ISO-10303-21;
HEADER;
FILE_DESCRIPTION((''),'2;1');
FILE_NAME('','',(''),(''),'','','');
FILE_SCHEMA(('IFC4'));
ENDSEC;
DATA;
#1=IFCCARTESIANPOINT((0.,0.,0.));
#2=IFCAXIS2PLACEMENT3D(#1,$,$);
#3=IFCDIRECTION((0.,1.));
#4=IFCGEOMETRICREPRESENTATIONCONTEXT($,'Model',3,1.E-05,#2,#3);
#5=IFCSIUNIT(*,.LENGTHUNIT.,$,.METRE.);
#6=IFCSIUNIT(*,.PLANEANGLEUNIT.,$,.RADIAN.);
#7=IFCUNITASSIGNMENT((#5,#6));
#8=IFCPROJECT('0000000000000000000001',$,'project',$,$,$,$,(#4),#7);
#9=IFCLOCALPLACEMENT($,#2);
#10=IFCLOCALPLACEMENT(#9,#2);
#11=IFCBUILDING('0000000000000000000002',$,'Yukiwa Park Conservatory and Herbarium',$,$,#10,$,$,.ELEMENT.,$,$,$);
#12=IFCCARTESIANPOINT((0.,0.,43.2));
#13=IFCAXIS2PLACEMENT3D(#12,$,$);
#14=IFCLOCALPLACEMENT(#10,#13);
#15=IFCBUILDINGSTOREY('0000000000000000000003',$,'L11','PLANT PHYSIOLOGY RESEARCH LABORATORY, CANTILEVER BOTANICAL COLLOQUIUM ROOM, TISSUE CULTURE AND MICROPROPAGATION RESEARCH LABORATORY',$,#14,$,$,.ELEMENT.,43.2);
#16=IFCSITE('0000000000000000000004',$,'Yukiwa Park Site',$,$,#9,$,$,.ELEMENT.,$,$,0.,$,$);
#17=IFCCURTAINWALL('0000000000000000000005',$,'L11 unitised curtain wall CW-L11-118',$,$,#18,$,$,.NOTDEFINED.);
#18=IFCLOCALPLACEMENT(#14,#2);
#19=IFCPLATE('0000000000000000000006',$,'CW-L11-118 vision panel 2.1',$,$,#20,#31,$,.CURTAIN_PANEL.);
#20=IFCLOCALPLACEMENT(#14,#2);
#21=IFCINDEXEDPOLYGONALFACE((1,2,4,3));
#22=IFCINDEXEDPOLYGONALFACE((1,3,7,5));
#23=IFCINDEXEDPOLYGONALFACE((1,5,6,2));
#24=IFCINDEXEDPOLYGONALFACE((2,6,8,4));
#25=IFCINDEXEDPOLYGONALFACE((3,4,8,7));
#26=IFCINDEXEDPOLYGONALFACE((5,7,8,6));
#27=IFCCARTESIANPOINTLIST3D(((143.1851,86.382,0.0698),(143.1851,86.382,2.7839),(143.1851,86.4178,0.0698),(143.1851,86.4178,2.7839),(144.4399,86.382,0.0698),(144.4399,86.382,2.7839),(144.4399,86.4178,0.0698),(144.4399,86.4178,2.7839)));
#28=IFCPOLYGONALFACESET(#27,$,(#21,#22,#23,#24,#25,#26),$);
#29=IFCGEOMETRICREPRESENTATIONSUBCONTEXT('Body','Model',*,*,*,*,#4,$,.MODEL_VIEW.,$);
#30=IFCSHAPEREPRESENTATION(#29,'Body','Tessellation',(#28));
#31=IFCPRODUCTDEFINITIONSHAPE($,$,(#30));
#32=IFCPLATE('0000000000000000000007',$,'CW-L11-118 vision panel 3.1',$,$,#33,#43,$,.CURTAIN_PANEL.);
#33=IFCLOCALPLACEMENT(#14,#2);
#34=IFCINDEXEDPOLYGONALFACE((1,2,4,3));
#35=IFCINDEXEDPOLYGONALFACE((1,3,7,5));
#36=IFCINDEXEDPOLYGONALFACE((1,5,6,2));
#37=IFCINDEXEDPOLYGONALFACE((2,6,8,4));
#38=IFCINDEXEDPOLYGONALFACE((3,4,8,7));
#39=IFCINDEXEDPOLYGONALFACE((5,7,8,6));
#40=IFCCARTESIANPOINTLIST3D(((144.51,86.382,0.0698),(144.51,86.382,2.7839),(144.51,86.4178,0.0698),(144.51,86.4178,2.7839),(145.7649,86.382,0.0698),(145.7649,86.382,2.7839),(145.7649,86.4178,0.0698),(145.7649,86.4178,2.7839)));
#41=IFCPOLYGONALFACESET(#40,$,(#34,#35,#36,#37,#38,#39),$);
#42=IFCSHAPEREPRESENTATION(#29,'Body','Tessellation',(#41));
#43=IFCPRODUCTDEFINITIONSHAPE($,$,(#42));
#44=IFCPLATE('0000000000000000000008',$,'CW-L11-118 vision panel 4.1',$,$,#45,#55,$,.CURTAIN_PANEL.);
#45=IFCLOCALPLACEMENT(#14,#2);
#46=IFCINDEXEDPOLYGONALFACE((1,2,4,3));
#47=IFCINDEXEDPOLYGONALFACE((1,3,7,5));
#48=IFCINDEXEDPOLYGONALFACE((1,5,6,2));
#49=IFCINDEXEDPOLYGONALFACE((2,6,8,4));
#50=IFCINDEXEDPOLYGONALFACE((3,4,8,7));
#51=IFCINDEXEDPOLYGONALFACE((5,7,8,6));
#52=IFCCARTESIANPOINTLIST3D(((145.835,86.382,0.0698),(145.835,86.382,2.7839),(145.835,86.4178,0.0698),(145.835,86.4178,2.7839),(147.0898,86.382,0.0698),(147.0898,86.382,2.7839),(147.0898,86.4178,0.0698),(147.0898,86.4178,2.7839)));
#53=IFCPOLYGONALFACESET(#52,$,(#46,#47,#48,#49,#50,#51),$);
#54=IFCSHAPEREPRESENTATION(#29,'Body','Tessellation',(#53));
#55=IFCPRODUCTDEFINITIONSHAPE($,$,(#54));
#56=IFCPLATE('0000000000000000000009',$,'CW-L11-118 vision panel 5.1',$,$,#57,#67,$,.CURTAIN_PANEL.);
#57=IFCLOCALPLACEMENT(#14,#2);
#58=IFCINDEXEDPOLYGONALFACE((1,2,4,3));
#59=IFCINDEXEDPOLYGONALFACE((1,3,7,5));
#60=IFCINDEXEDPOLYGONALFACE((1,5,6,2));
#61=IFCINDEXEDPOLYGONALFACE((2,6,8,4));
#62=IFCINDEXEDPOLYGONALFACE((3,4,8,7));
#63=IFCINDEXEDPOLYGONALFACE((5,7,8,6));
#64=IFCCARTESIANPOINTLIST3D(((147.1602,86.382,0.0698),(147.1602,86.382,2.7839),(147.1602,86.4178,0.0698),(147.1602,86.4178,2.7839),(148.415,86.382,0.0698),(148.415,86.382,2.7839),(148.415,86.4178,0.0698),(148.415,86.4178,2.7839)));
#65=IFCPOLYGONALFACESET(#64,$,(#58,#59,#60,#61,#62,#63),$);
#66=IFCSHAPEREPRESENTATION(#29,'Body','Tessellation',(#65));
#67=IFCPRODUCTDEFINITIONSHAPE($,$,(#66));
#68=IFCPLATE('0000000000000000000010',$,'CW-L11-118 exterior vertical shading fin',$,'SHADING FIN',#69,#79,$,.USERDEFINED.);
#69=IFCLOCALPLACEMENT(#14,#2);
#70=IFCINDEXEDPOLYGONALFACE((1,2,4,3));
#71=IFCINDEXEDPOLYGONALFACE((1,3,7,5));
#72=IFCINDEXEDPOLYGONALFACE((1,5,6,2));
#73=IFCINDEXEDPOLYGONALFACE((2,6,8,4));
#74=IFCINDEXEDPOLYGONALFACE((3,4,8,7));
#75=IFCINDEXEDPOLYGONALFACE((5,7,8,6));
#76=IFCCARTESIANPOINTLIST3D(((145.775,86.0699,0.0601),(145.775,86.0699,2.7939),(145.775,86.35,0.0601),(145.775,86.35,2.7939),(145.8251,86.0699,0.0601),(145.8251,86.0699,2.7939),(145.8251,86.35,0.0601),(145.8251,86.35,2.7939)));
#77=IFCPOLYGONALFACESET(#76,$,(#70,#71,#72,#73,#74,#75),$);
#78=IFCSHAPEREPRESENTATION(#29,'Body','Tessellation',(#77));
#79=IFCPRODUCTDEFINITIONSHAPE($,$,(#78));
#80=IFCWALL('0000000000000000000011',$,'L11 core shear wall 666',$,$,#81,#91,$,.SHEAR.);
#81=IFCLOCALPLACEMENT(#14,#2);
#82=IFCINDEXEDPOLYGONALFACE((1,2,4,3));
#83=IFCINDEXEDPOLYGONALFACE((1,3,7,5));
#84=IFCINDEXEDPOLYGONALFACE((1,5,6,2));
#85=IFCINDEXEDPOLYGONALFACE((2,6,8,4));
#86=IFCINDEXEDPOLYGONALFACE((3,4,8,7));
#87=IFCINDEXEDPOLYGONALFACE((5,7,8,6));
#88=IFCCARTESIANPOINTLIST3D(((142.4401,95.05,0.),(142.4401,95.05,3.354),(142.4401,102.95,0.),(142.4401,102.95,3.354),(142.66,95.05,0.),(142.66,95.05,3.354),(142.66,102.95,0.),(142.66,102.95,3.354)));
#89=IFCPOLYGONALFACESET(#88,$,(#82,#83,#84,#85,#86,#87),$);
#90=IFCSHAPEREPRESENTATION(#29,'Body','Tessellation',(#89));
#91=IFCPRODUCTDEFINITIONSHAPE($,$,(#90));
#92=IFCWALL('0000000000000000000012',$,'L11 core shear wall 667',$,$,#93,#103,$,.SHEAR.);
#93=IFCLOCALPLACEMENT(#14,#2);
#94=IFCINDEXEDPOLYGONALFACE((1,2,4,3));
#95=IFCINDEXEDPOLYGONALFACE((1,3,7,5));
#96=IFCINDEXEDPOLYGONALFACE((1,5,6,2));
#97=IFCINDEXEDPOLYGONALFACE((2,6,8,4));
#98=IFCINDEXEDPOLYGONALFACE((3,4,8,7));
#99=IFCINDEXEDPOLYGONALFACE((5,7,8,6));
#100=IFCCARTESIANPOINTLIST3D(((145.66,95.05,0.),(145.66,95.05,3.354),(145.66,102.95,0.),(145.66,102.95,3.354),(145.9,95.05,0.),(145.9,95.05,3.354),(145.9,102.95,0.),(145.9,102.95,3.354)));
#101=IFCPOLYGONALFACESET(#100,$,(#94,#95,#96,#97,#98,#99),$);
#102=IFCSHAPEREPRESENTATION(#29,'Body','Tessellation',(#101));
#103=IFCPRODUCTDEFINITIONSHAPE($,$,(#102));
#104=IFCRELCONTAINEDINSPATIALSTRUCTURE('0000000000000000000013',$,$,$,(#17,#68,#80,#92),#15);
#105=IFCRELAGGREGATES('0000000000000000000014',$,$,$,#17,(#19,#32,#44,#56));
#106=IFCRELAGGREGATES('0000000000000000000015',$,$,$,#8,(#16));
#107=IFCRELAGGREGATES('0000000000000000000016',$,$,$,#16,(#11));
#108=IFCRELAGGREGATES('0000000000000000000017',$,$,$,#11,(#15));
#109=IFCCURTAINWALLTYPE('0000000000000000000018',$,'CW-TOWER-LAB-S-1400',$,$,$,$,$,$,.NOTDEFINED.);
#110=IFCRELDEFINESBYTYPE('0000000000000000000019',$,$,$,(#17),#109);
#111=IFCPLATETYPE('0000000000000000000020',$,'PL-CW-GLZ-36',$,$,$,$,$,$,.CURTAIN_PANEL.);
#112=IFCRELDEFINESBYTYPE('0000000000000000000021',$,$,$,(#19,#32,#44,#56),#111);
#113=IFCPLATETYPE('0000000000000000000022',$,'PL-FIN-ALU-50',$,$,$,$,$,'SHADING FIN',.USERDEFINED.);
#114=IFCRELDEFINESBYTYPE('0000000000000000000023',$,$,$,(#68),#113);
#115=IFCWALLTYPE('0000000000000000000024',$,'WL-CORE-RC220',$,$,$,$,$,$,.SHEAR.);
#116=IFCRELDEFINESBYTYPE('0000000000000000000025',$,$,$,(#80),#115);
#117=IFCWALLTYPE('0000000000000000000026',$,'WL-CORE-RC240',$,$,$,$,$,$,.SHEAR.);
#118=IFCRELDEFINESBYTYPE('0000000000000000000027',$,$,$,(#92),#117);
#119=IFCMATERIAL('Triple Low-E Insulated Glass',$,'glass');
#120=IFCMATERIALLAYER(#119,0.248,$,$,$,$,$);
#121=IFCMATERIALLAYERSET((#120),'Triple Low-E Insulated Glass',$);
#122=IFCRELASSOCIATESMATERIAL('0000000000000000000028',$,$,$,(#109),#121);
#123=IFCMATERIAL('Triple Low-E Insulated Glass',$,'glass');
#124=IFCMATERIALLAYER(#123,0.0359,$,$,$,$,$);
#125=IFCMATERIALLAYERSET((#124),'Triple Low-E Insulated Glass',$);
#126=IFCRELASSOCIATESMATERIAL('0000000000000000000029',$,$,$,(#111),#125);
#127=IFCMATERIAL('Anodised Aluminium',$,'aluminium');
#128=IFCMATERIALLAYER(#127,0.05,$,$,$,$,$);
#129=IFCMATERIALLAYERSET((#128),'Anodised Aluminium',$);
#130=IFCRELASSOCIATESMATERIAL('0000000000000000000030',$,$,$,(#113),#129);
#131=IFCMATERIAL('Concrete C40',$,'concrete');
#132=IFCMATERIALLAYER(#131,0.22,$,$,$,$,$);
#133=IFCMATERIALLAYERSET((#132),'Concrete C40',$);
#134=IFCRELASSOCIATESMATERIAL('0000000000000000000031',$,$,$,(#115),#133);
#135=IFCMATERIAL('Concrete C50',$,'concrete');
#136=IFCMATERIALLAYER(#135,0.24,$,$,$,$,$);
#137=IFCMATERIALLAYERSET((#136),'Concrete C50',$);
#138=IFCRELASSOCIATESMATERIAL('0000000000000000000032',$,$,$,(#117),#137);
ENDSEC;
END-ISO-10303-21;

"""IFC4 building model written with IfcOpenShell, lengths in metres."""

from ifc_helpers import new_model, si_unit, direction, frame, frame_2d, origin, origin_2d, place, context, subcontext, project, spatial, rectangle, extrude, material, layer, layer_set, type_object, element, aggregate, save


model = new_model("IFC4")

# Units and contexts
model_context = context("Model", 3, precision=1e-05, world=origin(), true_north=direction((0.0, 1.0)))
body_context = subcontext(model_context, "Body", "Model", "MODEL_VIEW")
ifc_project = project(units=[si_unit("LENGTHUNIT", "METRE"), si_unit("PLANEANGLEUNIT", "RADIAN")], contexts=[model_context])

# Site, building, storey
site_placement = place(None, origin())
site = spatial("IfcSite", under=ifc_project, at=site_placement, Name="Yukiwa Park Site", CompositionType="ELEMENT", RefElevation=0.0)
building_placement = place(site_placement, origin())
building = spatial("IfcBuilding", under=site, at=building_placement, Name="Yukiwa Park Conservatory and Herbarium", CompositionType="ELEMENT")
storey_placement = place(building_placement, frame((0.0, 0.0, 43.2)))
storey = spatial("IfcBuildingStorey", under=building, at=storey_placement, Name="L11", Description="PLANT PHYSIOLOGY RESEARCH LABORATORY, CANTILEVER BOTANICAL COLLOQUIUM ROOM, TISSUE CULTURE AND MICROPROPAGATION RESEARCH LABORATORY", CompositionType="ELEMENT", Elevation=43.2)

# Curtain wall, plates
ifc_material_1 = material(Name="Triple Low-E Insulated Glass", Category="glass")
ifc_layer_1 = layer(ifc_material_1, 0.248)
ifc_layer_set_1 = layer_set([ifc_layer_1], Name="Triple Low-E Insulated Glass")
curtain_wall_type = type_object("IfcCurtainWallType", Name="CW-TOWER-LAB-S-1400", PredefinedType="NOTDEFINED", material=ifc_layer_set_1)
curtain_wall_placement = place(storey_placement, origin())
curtain_wall = element("IfcCurtainWall", 1, at=curtain_wall_placement, inside=storey, type_object=curtain_wall_type, Name="L11 unitised curtain wall CW-L11-118", PredefinedType="NOTDEFINED")
ifc_material_2 = material(Name="Triple Low-E Insulated Glass", Category="glass")
ifc_layer_2 = layer(ifc_material_2, 0.0359)
ifc_layer_set_2 = layer_set([ifc_layer_2], Name="Triple Low-E Insulated Glass")
plate_type_1 = type_object("IfcPlateType", Name="PL-CW-GLZ-36", PredefinedType="CURTAIN_PANEL", material=ifc_layer_set_2)
plate_1_placement = place(storey_placement, frame((143.8125, 86.3999, 0.0698), z_axis=(0.0, 0.0, 1.0), x_axis=(1.0, 0.0, 0.0)))
plate_1 = element("IfcPlate", 2, at=plate_1_placement, type_object=plate_type_1, Name="CW-L11-118 vision panel 2.1", PredefinedType="CURTAIN_PANEL", context=body_context, shape_type="SweptSolid", body=[
    extrude(rectangle(XDim=1.2549, YDim=0.0359, at=origin_2d()), origin(), (0.0, 0.0, 1.0), 2.7141),
])
plate_2_placement = place(storey_placement, frame((145.1375, 86.3999, 0.0698), z_axis=(0.0, 0.0, 1.0), x_axis=(1.0, 0.0, 0.0)))
plate_2 = element("IfcPlate", 3, at=plate_2_placement, type_object=plate_type_1, Name="CW-L11-118 vision panel 3.1", PredefinedType="CURTAIN_PANEL", context=body_context, shape_type="SweptSolid", body=[
    extrude(rectangle(XDim=1.2549, YDim=0.0359, at=origin_2d()), origin(), (0.0, 0.0, 1.0), 2.7141),
])
plate_3_placement = place(storey_placement, frame((146.4624, 86.3999, 0.0698), z_axis=(0.0, 0.0, 1.0), x_axis=(1.0, 0.0, 0.0)))
plate_3 = element("IfcPlate", 4, at=plate_3_placement, type_object=plate_type_1, Name="CW-L11-118 vision panel 4.1", PredefinedType="CURTAIN_PANEL", context=body_context, shape_type="SweptSolid", body=[
    extrude(rectangle(XDim=1.2549, YDim=0.0359, at=origin_2d()), origin(), (0.0, 0.0, 1.0), 2.7141),
])
plate_4_placement = place(storey_placement, frame((147.7876, 86.3999, 0.0698), z_axis=(0.0, 0.0, 1.0), x_axis=(1.0, 0.0, 0.0)))
plate_4 = element("IfcPlate", 5, at=plate_4_placement, type_object=plate_type_1, Name="CW-L11-118 vision panel 5.1", PredefinedType="CURTAIN_PANEL", context=body_context, shape_type="SweptSolid", body=[
    extrude(rectangle(XDim=1.2549, YDim=0.0359, at=origin_2d()), origin(), (0.0, 0.0, 1.0), 2.7141),
])
aggregate(curtain_wall, [plate_1, plate_2, plate_3, plate_4])

# Plate
ifc_material_3 = material(Name="Anodised Aluminium", Category="aluminium")
ifc_layer_3 = layer(ifc_material_3, 0.05)
ifc_layer_set_3 = layer_set([ifc_layer_3], Name="Anodised Aluminium")
plate_type_2 = type_object("IfcPlateType", Name="PL-FIN-ALU-50", ElementType="SHADING FIN", PredefinedType="USERDEFINED", material=ifc_layer_set_3)
plate_5_placement = place(storey_placement, frame((145.8, 86.21, 0.0601), z_axis=(0.0, 0.0, 1.0), x_axis=(1.0, 0.0, 0.0)))
element("IfcPlate", 6, at=plate_5_placement, inside=storey, type_object=plate_type_2, Name="CW-L11-118 exterior vertical shading fin", ObjectType="SHADING FIN", PredefinedType="USERDEFINED", context=body_context, shape_type="SweptSolid", body=[
    extrude(rectangle(XDim=0.05, YDim=0.28, at=origin_2d()), origin(), (0.0, 0.0, 1.0), 2.7339),
])

# Walls
ifc_material_4 = material(Name="Concrete C40", Category="concrete")
ifc_layer_4 = layer(ifc_material_4, 0.22)
ifc_layer_set_4 = layer_set([ifc_layer_4], Name="Concrete C40")
wall_type_1 = type_object("IfcWallType", Name="WL-CORE-RC220", PredefinedType="SHEAR", material=ifc_layer_set_4)
wall_1_placement = place(storey_placement, frame((142.55, 95.05, 0.0), z_axis=(0.0, 0.0, 1.0), x_axis=(0.0, 1.0, 0.0)))
element("IfcWall", 7, at=wall_1_placement, inside=storey, type_object=wall_type_1, Name="L11 core shear wall 666", PredefinedType="SHEAR", context=body_context, shape_type="SweptSolid", body=[
    extrude(rectangle(XDim=7.8999, YDim=0.22, at=frame_2d((3.95, 0.0))), origin(), (0.0, 0.0, 1.0), 3.354),
])
ifc_material_5 = material(Name="Concrete C50", Category="concrete")
ifc_layer_5 = layer(ifc_material_5, 0.24)
ifc_layer_set_5 = layer_set([ifc_layer_5], Name="Concrete C50")
wall_type_2 = type_object("IfcWallType", Name="WL-CORE-RC240", PredefinedType="SHEAR", material=ifc_layer_set_5)
wall_2_placement = place(storey_placement, frame((145.78, 95.05, 0.0), z_axis=(0.0, 0.0, 1.0), x_axis=(0.0, 1.0, 0.0)))
element("IfcWall", 8, at=wall_2_placement, inside=storey, type_object=wall_type_2, Name="L11 core shear wall 667", PredefinedType="SHEAR", context=body_context, shape_type="SweptSolid", body=[
    extrude(rectangle(XDim=7.8999, YDim=0.24, at=frame_2d((3.95, 0.0))), origin(), (0.0, 0.0, 1.0), 3.354),
])

save(model, "model.ifc")
